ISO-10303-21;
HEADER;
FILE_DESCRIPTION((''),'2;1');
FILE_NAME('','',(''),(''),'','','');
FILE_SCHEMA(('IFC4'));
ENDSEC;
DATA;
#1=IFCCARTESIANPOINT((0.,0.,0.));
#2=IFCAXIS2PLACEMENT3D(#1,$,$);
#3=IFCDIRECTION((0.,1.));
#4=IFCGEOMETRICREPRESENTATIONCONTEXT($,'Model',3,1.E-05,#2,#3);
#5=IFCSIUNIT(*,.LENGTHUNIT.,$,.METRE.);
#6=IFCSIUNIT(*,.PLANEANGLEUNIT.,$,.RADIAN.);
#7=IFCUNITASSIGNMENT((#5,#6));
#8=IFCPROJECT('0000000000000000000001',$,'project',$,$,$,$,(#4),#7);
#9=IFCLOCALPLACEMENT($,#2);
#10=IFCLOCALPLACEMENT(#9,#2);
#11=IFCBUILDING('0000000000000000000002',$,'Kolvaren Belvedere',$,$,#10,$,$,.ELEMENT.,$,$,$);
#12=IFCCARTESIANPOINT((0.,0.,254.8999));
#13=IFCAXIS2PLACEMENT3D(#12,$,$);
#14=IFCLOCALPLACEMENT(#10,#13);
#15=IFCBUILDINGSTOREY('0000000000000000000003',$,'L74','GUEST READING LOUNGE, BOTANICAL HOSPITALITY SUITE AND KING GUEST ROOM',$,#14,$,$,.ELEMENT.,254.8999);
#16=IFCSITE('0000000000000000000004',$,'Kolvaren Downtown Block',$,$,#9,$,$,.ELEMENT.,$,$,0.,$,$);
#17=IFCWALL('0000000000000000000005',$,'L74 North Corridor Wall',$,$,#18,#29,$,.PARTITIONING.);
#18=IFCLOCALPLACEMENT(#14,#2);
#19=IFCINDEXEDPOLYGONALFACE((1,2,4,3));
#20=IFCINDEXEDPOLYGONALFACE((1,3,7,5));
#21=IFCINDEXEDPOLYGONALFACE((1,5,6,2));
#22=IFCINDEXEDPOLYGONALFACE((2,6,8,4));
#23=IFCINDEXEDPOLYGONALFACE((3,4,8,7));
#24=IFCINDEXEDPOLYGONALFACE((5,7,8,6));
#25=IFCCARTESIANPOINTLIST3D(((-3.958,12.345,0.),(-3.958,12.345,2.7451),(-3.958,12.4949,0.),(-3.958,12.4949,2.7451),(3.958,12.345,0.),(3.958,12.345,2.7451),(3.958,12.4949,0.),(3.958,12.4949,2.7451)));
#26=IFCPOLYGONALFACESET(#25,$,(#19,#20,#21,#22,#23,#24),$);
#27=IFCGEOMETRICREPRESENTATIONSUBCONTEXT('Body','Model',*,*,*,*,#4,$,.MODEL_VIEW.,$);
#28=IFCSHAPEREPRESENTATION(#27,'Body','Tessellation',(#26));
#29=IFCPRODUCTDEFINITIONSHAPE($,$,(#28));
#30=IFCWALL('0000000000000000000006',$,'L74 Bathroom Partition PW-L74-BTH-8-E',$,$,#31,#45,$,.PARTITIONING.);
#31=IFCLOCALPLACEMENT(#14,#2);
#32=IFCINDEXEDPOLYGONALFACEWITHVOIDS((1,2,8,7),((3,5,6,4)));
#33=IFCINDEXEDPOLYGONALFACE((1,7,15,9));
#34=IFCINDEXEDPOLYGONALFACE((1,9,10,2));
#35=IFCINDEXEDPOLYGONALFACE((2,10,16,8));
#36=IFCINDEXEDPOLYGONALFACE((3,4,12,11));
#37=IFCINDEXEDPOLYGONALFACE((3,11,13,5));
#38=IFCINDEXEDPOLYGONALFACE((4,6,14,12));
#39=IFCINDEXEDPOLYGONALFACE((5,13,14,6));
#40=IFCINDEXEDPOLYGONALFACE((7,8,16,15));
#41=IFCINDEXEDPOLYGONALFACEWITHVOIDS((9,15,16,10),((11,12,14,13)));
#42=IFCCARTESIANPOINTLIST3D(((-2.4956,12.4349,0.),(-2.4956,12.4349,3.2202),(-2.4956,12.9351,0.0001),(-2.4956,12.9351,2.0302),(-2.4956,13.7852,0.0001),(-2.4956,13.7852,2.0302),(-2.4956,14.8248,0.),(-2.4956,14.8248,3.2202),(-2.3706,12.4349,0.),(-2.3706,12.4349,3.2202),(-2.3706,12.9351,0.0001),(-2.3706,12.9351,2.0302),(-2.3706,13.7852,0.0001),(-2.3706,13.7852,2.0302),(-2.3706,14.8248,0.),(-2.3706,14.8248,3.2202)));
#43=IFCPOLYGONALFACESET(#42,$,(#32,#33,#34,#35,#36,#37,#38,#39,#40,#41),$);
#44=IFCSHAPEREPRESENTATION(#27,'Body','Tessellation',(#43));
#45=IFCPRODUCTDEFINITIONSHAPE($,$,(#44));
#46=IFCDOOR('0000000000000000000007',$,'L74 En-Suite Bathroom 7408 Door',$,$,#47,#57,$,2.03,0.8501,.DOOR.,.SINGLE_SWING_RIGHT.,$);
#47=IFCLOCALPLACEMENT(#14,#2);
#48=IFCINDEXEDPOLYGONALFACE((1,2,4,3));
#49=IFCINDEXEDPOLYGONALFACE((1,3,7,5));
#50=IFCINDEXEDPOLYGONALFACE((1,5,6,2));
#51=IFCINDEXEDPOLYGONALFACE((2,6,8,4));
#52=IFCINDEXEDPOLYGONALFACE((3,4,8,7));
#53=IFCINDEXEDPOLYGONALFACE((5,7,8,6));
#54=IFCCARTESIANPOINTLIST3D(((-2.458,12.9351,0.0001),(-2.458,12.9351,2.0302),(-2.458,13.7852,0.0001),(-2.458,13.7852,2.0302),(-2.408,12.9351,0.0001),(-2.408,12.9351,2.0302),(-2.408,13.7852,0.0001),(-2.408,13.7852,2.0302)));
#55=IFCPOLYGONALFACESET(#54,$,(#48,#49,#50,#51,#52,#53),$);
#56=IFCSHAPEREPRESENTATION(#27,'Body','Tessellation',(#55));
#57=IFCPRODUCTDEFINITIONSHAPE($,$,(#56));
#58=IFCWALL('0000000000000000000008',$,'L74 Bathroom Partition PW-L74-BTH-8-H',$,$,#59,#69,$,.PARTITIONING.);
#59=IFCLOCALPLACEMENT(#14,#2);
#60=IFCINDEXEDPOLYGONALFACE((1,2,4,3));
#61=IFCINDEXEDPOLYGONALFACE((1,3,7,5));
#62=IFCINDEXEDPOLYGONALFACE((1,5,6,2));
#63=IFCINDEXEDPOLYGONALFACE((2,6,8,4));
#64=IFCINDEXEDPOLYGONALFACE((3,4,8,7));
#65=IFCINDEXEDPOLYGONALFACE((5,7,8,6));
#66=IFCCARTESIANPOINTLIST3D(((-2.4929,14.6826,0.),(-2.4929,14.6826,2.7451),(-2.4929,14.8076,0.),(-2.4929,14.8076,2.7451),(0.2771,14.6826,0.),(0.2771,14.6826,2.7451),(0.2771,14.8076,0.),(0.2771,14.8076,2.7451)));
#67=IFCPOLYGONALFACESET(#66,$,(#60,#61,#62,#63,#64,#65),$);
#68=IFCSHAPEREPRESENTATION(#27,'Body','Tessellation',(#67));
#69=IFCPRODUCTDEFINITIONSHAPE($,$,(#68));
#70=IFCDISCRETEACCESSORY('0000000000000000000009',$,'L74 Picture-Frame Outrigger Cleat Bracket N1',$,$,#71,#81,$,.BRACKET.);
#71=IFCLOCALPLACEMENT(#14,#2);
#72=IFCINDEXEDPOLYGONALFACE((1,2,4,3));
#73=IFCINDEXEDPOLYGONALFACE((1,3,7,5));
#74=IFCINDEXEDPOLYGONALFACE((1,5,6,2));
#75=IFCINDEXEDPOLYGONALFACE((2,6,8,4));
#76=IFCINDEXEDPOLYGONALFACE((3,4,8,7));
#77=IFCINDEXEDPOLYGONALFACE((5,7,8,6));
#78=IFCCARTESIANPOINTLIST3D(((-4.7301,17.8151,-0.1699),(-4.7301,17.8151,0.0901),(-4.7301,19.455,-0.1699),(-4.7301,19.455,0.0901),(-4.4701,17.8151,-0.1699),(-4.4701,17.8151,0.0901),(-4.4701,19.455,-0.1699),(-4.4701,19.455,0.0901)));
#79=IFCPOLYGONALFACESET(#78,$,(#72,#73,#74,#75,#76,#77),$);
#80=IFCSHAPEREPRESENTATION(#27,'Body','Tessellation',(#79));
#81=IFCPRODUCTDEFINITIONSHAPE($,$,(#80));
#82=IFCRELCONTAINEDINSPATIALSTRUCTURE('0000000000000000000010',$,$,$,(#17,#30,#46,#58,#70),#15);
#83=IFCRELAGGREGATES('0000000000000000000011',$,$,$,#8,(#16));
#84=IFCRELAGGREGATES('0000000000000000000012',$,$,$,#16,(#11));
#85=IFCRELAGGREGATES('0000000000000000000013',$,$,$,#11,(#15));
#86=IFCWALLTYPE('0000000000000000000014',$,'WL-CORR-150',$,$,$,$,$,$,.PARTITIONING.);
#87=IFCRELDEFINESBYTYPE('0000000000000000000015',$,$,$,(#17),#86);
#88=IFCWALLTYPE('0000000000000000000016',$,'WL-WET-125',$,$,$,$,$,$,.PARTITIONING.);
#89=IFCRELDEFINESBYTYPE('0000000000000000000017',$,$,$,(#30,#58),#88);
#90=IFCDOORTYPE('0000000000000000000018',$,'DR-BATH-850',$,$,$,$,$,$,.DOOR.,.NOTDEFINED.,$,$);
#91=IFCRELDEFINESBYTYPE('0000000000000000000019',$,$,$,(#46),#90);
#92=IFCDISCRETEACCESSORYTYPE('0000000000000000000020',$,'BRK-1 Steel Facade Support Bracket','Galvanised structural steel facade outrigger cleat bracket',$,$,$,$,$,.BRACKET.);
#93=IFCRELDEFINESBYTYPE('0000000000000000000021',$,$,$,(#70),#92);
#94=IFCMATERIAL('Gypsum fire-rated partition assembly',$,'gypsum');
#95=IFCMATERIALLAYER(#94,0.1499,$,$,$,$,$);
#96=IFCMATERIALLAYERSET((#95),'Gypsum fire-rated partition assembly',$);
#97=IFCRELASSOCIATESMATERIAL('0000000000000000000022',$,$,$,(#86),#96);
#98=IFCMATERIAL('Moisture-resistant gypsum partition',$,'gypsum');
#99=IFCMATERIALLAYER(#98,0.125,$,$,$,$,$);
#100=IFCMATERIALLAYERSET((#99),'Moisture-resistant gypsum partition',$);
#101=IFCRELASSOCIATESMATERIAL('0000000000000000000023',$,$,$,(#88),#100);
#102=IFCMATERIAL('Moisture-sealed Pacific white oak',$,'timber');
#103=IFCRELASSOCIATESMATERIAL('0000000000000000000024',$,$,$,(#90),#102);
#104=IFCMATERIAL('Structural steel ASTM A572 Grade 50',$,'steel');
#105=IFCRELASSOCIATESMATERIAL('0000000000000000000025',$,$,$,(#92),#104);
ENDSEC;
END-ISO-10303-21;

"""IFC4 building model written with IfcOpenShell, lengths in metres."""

from ifc_helpers import new_model, si_unit, direction, frame, frame_2d, origin, origin_2d, place, context, subcontext, project, spatial, rectangle, extrude, material, layer, layer_set, type_object, element, fill, save


model = new_model("IFC4")

# Units and contexts
model_context = context("Model", 3, precision=1e-05, world=origin(), true_north=direction((0.0, 1.0)))
body_context = subcontext(model_context, "Body", "Model", "MODEL_VIEW")
ifc_project = project(units=[si_unit("LENGTHUNIT", "METRE"), si_unit("PLANEANGLEUNIT", "RADIAN")], contexts=[model_context])

# Site, building, storey
site_placement = place(None, origin())
site = spatial("IfcSite", under=ifc_project, at=site_placement, Name="Kolvaren Downtown Block", CompositionType="ELEMENT", RefElevation=0.0)
building_placement = place(site_placement, origin())
building = spatial("IfcBuilding", under=site, at=building_placement, Name="Kolvaren Belvedere", CompositionType="ELEMENT")
storey_placement = place(building_placement, frame((0.0, 0.0, 254.8999)))
storey = spatial("IfcBuildingStorey", under=building, at=storey_placement, Name="L74", Description="GUEST READING LOUNGE, BOTANICAL HOSPITALITY SUITE AND KING GUEST ROOM", CompositionType="ELEMENT", Elevation=254.8999)

# Shared definitions
ifc_material_1 = material(Name="Gypsum fire-rated partition assembly", Category="gypsum")
ifc_layer_1 = layer(ifc_material_1, 0.1499)
ifc_layer_set_1 = layer_set([ifc_layer_1], Name="Gypsum fire-rated partition assembly")
wall_type_1 = type_object("IfcWallType", Name="WL-CORR-150", PredefinedType="PARTITIONING", material=ifc_layer_set_1)

# Wall
wall_1_placement = place(storey_placement, frame((-3.958, 12.4199, 0.0), z_axis=(0.0, 0.0, 1.0), x_axis=(1.0, 0.0, 0.0)))
element("IfcWall", 1, at=wall_1_placement, inside=storey, type_object=wall_type_1, Name="L74 North Corridor Wall", PredefinedType="PARTITIONING", context=body_context, shape_type="SweptSolid", body=[
    extrude(rectangle(XDim=7.916, YDim=0.1499, at=frame_2d((3.958, 0.0))), origin(), (0.0, 0.0, 1.0), 2.7451),
])

# Wall, opening, door
ifc_material_2 = material(Name="Moisture-resistant gypsum partition", Category="gypsum")
ifc_layer_2 = layer(ifc_material_2, 0.125)
ifc_layer_set_2 = layer_set([ifc_layer_2], Name="Moisture-resistant gypsum partition")
wall_type_2 = type_object("IfcWallType", Name="WL-WET-125", PredefinedType="PARTITIONING", material=ifc_layer_set_2)
wall_2_placement = place(storey_placement, frame((-2.4331, 12.4351, 0.0), z_axis=(0.0, 0.0, 1.0), x_axis=(0.0, 1.0, 0.0)))
wall_2 = element("IfcWall", 2, at=wall_2_placement, inside=storey, type_object=wall_type_2, Name="L74 Bathroom Partition PW-L74-BTH-8-E", PredefinedType="PARTITIONING", context=body_context, shape_type="SweptSolid", body=[
    extrude(rectangle(XDim=2.3899, YDim=0.125, at=frame_2d((1.1948, 0.0))), origin(), (0.0, 0.0, 1.0), 3.2202),
])
opening_1_placement = place(wall_2_placement, frame((0.5, 0.0, 0.0)))
opening_1 = element("IfcOpeningElement", 3, at=opening_1_placement, cuts=wall_2, PredefinedType="OPENING", context=body_context, shape_type="SweptSolid", body=[
    extrude(rectangle(XDim=0.8501, YDim=2.03, at=frame_2d((0.425, 1.0151))), frame((0.0, 0.0725, 0.0), z_axis=(0.0, -1.0, 0.0), x_axis=(1.0, 0.0, 0.0)), (0.0, 0.0, 1.0), 0.145),
])
ifc_material_3 = material(Name="Moisture-sealed Pacific white oak", Category="timber")
door_type_1 = type_object("IfcDoorType", Name="DR-BATH-850", OperationType="NOTDEFINED", PredefinedType="DOOR", material=ifc_material_3)
door_1_placement = place(opening_1_placement, origin())
door_1 = element("IfcDoor", 4, at=door_1_placement, inside=storey, type_object=door_type_1, Name="L74 En-Suite Bathroom 7408 Door", OperationType="SINGLE_SWING_RIGHT", OverallHeight=2.03, OverallWidth=0.8501, PredefinedType="DOOR", context=body_context, shape_type="SweptSolid", body=[
    extrude(rectangle(XDim=0.8501, YDim=2.03, at=frame_2d((0.425, 1.0151))), frame((0.0, 0.0249, 0.0), z_axis=(0.0, -1.0, 0.0), x_axis=(1.0, 0.0, 0.0)), (0.0, 0.0, 1.0), 0.05),
])
fill(opening_1, door_1)

# Wall
wall_3_placement = place(storey_placement, frame((-2.4929, 14.7451, 0.0), z_axis=(0.0, 0.0, 1.0), x_axis=(1.0, 0.0, 0.0)))
element("IfcWall", 5, at=wall_3_placement, inside=storey, type_object=wall_type_2, Name="L74 Bathroom Partition PW-L74-BTH-8-H", PredefinedType="PARTITIONING", context=body_context, shape_type="SweptSolid", body=[
    extrude(rectangle(XDim=2.77, YDim=0.125, at=frame_2d((1.385, 0.0))), origin(), (0.0, 0.0, 1.0), 2.7451),
])

# Discrete accessory
ifc_material_4 = material(Name="Structural steel ASTM A572 Grade 50", Category="steel")
discrete_accessory_type = type_object("IfcDiscreteAccessoryType", Name="BRK-1 Steel Facade Support Bracket", Description="Galvanised structural steel facade outrigger cleat bracket", PredefinedType="BRACKET", material=ifc_material_4)
discrete_accessory_placement = place(storey_placement, frame((-4.6001, 18.635, -0.1699), z_axis=(0.0, 0.0, 1.0), x_axis=(0.0, 1.0, 0.0)))
element("IfcDiscreteAccessory", 6, at=discrete_accessory_placement, inside=storey, type_object=discrete_accessory_type, Name="L74 Picture-Frame Outrigger Cleat Bracket N1", PredefinedType="BRACKET", context=body_context, shape_type="SweptSolid", body=[
    extrude(rectangle(XDim=1.6399, YDim=0.26, at=origin_2d()), origin(), (0.0, 0.0, 1.0), 0.26),
])

save(model, "model.ifc")
